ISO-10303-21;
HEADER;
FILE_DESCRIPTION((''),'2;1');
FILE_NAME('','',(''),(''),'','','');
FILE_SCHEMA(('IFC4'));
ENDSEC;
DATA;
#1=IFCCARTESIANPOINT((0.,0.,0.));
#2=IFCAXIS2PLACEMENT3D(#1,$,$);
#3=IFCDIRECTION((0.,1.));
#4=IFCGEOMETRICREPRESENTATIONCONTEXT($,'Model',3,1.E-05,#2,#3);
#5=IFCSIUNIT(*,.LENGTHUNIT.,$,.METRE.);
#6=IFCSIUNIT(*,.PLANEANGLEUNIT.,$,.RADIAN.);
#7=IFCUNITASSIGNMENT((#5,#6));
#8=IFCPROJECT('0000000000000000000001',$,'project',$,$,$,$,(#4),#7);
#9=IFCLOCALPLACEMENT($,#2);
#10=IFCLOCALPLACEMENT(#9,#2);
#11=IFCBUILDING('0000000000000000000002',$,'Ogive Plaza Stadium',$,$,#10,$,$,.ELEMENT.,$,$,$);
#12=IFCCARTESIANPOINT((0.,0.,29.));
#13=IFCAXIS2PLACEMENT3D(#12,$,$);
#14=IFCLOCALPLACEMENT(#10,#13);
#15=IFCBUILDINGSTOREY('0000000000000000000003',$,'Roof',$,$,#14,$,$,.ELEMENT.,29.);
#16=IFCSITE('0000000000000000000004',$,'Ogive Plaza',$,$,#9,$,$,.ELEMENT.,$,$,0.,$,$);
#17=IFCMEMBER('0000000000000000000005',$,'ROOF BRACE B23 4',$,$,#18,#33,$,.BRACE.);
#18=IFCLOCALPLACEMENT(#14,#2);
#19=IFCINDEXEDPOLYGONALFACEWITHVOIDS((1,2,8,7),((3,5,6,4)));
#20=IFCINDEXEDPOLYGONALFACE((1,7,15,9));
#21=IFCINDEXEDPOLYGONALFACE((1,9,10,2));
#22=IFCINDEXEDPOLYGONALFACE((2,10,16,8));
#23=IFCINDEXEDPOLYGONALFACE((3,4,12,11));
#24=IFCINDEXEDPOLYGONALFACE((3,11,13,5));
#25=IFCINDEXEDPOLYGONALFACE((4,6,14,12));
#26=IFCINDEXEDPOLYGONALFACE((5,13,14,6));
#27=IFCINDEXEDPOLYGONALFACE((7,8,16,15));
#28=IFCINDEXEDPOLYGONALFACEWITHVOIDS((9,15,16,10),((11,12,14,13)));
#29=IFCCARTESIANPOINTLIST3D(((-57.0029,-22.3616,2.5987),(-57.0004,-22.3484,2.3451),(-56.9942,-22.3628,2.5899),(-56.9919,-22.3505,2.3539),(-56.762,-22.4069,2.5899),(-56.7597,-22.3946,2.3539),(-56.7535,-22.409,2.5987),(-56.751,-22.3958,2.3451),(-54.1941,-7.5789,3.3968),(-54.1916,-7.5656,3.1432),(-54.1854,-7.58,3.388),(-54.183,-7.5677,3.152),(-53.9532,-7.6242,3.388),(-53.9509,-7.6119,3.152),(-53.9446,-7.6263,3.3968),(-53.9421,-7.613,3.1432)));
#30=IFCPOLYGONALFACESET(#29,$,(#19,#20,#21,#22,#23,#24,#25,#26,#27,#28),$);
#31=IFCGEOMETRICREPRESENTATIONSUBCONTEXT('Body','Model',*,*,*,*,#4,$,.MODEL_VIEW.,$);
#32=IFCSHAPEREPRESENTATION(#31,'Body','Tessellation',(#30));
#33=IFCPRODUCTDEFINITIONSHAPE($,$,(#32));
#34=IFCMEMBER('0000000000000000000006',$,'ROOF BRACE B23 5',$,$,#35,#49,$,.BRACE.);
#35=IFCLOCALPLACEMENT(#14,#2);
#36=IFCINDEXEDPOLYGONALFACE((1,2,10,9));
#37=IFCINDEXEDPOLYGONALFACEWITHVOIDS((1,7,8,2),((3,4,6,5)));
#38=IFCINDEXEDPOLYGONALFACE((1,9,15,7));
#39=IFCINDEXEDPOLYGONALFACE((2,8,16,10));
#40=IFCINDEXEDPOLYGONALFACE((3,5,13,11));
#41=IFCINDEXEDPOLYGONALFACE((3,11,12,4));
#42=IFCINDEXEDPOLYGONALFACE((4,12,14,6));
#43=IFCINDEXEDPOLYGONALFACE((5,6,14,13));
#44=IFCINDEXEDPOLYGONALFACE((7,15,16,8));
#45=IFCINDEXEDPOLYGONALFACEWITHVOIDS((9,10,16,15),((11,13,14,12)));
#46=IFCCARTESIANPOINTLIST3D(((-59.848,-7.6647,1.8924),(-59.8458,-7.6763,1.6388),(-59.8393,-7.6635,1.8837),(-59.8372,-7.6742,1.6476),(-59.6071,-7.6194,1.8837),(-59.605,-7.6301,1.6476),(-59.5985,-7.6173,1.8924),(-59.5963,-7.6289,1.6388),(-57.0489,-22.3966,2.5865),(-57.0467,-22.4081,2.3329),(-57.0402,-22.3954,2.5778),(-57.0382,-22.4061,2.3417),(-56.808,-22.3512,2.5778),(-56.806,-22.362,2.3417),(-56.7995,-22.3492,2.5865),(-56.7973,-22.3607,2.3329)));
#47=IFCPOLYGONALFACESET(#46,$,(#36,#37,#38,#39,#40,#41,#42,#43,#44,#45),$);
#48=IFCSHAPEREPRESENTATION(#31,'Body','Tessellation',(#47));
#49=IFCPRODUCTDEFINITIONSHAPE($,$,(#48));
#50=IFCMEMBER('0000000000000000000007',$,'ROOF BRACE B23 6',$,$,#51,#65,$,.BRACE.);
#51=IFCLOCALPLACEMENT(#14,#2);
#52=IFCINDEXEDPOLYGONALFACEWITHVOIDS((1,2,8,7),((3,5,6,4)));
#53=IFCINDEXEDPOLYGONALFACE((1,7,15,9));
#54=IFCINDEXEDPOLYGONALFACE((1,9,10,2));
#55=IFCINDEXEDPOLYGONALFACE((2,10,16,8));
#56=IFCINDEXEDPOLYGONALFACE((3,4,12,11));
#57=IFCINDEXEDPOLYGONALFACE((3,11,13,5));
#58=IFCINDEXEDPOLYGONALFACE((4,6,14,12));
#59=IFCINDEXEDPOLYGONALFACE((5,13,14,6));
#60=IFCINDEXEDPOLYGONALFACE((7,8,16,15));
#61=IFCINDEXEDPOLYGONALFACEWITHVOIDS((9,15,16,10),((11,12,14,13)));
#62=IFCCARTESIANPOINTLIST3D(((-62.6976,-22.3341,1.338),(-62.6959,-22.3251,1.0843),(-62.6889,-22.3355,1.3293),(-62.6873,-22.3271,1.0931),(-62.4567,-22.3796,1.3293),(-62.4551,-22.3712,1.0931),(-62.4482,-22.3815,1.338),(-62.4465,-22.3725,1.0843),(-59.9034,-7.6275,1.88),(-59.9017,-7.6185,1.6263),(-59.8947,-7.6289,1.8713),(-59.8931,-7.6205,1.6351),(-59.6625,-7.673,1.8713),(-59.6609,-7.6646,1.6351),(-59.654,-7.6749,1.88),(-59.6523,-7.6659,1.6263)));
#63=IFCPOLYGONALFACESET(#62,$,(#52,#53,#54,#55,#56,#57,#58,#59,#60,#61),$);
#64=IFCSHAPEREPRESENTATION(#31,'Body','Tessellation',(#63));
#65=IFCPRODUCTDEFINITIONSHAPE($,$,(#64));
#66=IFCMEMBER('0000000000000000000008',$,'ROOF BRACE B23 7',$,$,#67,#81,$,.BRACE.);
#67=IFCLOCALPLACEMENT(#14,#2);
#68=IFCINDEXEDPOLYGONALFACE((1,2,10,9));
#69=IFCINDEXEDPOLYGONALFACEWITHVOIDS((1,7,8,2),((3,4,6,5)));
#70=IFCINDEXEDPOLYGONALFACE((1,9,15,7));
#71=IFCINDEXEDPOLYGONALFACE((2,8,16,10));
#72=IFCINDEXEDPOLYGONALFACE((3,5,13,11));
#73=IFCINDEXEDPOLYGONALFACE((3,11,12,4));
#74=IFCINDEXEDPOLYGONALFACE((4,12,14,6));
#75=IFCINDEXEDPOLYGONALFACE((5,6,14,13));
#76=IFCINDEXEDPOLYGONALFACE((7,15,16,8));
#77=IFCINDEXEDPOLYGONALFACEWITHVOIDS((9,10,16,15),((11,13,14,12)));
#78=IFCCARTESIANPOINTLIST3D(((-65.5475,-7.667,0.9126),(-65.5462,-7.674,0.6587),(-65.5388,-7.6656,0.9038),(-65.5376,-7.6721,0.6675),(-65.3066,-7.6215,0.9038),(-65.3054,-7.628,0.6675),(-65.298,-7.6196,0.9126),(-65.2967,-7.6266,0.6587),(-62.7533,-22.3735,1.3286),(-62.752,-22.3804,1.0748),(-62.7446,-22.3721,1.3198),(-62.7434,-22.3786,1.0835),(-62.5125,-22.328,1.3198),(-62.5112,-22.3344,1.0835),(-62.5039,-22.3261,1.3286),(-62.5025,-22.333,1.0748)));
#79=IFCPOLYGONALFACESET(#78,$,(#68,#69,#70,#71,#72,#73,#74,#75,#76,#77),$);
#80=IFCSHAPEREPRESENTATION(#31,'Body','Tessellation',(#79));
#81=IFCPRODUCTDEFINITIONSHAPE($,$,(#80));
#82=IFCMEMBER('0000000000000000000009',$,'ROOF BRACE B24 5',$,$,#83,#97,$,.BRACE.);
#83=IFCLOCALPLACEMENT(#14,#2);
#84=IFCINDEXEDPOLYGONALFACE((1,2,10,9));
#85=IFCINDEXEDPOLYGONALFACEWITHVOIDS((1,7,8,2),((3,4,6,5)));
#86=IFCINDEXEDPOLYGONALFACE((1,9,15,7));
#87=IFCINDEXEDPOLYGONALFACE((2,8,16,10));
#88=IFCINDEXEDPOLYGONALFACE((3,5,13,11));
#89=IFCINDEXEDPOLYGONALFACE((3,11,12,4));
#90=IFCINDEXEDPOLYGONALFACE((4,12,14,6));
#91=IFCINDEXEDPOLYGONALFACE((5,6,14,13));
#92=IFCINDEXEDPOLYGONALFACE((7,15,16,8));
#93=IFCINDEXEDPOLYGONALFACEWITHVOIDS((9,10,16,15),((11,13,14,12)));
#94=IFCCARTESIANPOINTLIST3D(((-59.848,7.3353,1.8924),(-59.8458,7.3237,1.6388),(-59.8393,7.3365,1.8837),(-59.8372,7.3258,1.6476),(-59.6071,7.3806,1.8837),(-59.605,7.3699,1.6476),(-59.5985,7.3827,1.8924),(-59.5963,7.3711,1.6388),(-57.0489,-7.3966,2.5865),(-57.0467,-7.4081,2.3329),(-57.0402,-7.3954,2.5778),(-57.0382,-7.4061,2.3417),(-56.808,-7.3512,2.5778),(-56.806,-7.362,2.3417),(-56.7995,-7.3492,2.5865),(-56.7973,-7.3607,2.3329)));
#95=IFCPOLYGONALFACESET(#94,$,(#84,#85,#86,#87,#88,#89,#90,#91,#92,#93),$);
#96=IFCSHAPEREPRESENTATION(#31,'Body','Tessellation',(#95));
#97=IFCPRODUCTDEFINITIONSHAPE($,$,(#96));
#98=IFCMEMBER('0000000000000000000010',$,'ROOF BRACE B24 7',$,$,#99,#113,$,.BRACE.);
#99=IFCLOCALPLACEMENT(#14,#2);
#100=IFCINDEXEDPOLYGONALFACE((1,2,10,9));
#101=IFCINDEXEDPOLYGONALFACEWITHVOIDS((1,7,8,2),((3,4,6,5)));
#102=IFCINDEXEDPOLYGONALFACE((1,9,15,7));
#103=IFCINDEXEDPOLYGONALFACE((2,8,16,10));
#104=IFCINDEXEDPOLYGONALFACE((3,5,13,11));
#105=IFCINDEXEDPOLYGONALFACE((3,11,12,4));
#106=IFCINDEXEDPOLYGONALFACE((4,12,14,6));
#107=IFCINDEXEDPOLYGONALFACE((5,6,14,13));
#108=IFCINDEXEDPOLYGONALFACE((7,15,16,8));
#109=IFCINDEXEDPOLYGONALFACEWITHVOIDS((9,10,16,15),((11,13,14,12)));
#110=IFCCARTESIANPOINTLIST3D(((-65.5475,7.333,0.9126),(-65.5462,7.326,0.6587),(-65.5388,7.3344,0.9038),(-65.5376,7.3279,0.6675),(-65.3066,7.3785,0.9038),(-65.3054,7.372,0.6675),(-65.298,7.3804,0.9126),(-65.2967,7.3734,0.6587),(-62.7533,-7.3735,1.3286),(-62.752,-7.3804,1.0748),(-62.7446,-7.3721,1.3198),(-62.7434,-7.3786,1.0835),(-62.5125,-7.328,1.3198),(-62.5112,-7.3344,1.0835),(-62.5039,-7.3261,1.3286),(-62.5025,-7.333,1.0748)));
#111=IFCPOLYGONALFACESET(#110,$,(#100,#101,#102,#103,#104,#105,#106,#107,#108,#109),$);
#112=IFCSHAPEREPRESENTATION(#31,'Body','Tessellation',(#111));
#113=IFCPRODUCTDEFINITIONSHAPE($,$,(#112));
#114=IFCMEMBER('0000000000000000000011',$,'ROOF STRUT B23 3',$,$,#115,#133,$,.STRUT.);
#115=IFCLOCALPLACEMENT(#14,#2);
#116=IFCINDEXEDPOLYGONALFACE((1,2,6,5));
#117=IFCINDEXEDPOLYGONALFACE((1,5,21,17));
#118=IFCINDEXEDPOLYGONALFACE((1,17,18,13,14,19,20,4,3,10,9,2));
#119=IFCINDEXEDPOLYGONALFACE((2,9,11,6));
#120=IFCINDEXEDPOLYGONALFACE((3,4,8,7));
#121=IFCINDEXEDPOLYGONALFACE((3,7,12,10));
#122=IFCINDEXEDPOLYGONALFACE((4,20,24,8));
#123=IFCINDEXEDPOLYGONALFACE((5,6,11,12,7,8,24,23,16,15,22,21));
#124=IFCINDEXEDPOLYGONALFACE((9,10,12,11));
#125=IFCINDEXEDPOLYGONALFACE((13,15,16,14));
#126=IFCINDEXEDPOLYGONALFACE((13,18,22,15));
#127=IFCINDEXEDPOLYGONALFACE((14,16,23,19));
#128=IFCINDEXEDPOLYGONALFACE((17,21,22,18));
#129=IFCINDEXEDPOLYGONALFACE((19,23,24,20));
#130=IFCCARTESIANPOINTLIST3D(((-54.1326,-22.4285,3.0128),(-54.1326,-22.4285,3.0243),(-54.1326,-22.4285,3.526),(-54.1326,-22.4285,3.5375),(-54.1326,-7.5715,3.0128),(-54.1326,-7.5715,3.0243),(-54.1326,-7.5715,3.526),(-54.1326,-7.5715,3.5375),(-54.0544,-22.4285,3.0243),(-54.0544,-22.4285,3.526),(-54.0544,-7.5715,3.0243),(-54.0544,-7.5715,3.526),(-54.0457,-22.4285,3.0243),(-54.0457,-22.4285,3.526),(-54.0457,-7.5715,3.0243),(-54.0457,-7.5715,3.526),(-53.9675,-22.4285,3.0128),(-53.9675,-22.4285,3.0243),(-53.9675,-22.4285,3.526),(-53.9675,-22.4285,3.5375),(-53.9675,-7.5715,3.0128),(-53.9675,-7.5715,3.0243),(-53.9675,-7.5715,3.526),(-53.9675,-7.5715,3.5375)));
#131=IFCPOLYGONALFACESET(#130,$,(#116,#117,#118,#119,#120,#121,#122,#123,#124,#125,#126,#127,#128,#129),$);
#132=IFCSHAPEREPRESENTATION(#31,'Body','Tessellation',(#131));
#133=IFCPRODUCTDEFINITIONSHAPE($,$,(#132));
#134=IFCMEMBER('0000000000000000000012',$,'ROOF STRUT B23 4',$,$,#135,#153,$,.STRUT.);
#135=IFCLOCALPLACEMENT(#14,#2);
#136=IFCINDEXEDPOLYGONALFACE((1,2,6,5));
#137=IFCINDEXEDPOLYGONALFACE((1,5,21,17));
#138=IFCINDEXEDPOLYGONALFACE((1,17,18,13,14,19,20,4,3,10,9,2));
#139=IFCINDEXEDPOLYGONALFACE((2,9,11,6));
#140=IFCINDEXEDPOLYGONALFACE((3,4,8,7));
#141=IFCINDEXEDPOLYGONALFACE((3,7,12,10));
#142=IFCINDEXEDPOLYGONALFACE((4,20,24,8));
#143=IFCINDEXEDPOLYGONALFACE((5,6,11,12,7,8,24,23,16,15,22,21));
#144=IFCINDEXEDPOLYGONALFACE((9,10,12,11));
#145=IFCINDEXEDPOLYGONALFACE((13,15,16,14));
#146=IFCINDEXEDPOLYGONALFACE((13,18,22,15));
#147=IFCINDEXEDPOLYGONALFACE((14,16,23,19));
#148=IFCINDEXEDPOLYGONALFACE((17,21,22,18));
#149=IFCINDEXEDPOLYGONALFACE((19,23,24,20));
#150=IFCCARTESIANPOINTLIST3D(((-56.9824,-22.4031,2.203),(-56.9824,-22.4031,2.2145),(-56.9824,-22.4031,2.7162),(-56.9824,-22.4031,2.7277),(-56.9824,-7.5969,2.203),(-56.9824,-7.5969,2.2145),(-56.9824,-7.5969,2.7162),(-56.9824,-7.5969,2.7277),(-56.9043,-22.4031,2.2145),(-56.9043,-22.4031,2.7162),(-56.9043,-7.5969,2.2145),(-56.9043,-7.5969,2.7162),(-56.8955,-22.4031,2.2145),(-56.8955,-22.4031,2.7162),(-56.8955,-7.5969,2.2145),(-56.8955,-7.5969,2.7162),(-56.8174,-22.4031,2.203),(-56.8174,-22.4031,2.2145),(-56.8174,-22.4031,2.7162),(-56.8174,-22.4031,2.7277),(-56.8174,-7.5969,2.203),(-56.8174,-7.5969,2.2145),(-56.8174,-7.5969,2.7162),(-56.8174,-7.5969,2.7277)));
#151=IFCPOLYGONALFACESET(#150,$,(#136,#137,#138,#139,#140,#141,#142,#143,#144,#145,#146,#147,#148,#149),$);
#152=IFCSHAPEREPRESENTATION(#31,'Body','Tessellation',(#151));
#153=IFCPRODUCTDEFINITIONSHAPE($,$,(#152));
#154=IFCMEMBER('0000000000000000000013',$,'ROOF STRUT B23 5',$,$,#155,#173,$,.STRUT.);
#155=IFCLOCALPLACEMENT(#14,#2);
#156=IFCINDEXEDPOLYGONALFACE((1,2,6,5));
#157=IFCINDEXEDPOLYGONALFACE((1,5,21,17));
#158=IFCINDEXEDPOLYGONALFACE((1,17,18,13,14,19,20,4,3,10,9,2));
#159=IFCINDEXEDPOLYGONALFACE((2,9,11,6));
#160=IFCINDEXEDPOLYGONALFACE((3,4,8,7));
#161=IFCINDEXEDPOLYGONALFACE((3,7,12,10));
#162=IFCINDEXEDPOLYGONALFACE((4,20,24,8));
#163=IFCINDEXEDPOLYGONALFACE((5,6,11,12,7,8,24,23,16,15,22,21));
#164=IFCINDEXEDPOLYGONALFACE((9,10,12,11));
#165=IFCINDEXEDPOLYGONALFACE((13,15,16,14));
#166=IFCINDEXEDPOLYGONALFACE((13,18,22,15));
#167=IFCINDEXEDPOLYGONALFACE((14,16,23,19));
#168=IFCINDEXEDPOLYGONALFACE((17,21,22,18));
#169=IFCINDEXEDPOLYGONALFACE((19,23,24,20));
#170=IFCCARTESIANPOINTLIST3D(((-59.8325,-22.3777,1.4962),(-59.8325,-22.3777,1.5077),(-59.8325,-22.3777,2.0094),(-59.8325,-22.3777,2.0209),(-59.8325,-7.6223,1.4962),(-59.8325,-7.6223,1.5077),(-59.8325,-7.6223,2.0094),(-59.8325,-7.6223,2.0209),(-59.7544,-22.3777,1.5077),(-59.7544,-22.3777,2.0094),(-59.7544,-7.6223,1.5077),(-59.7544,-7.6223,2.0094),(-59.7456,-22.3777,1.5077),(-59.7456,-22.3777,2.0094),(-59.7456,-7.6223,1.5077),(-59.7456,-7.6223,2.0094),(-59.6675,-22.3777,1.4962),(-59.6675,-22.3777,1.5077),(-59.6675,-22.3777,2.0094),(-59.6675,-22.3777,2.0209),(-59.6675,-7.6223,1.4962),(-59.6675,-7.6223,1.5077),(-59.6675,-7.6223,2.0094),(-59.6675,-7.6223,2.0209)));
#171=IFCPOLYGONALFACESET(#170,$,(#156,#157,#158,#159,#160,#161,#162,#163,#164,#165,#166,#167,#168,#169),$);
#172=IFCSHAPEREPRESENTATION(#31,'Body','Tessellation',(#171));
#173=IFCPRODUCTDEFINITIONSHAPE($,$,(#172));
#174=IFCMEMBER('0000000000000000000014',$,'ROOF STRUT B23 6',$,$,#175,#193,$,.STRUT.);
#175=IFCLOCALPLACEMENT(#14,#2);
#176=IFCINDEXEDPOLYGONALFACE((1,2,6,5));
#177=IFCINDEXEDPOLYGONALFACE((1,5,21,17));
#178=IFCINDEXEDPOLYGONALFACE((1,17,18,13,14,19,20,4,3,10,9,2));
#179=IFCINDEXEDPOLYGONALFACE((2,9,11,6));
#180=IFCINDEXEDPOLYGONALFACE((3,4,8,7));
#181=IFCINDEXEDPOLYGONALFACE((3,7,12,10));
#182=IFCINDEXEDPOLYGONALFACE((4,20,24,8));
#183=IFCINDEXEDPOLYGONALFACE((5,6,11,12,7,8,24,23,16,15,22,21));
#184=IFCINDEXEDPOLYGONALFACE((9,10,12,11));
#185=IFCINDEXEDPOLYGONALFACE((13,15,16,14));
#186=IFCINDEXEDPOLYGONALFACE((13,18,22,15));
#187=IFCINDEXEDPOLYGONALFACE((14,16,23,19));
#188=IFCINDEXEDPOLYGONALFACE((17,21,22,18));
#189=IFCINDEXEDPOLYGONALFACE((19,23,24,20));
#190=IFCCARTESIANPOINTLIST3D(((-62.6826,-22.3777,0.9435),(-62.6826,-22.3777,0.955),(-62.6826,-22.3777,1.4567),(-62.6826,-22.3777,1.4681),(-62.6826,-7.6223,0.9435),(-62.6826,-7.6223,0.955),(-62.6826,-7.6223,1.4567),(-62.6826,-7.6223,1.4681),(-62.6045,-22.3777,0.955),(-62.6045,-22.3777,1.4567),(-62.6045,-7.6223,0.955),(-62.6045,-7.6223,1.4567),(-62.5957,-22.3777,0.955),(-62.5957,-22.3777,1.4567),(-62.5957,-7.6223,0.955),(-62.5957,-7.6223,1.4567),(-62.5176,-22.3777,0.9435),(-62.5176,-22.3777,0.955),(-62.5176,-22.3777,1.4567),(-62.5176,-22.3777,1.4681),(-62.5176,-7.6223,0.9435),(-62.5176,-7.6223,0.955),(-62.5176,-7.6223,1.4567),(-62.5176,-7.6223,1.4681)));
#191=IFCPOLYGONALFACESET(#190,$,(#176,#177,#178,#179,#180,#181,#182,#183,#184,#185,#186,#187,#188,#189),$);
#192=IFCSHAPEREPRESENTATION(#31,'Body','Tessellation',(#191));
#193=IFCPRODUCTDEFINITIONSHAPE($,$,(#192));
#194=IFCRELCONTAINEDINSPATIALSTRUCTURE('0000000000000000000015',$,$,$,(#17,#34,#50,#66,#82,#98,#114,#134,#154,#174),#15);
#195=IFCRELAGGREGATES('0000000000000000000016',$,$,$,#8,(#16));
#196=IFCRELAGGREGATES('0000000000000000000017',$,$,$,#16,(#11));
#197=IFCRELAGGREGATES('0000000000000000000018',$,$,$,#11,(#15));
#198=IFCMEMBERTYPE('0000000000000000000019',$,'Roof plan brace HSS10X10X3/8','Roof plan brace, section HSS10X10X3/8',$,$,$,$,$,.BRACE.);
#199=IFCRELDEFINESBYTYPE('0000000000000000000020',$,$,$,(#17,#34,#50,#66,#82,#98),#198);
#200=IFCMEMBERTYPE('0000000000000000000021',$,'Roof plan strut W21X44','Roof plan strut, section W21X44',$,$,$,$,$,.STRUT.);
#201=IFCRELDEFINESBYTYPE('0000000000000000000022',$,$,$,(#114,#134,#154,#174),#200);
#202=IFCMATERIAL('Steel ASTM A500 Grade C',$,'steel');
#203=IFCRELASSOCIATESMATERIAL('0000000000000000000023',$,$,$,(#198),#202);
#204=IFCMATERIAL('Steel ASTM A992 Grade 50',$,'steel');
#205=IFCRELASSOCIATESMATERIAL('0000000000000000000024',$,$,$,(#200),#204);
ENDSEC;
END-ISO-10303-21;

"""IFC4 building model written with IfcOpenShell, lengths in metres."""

from ifc_helpers import new_model, si_unit, direction, frame, origin, origin_2d, place, context, subcontext, project, spatial, hollow_rectangle, i_section, extrude, material, material_profile, profile_set, type_object, element, save


model = new_model("IFC4")

# Units and contexts
model_context = context("Model", 3, precision=1e-05, world=origin(), true_north=direction((0.0, 1.0)))
body_context = subcontext(model_context, "Body", "Model", "MODEL_VIEW")
ifc_project = project(units=[si_unit("LENGTHUNIT", "METRE"), si_unit("PLANEANGLEUNIT", "RADIAN")], contexts=[model_context])

# Site, building, storey
site_placement = place(None, origin())
site = spatial("IfcSite", under=ifc_project, at=site_placement, Name="Ogive Plaza", CompositionType="ELEMENT", RefElevation=0.0)
building_placement = place(site_placement, origin())
building = spatial("IfcBuilding", under=site, at=building_placement, Name="Ogive Plaza Stadium", CompositionType="ELEMENT")
storey_placement = place(building_placement, frame((0.0, 0.0, 29.0)))
storey = spatial("IfcBuildingStorey", under=building, at=storey_placement, Name="Roof", CompositionType="ELEMENT", Elevation=29.0)

# Members
ifc_material_1 = material(Name="Steel ASTM A500 Grade C", Category="steel")
ifc_material_profile_1 = material_profile(ifc_material_1, hollow_rectangle(XDim=0.2539, YDim=0.2539, WallThickness=0.0088, at=origin_2d()), Name="HSS10X10X3/8")
ifc_profile_set_1 = profile_set([ifc_material_profile_1], Name="Steel ASTM A500 Grade C")
member_type_1 = type_object("IfcMemberType", Name="Roof plan brace HSS10X10X3/8", Description="Roof plan brace, section HSS10X10X3/8", PredefinedType="BRACE", material=ifc_profile_set_1)
member_1_placement = place(storey_placement, frame((-54.0681, -7.5959, 3.27), z_axis=(-0.186406, -0.981044, -0.052965), x_axis=(0.982423, -0.186668, 0.0)))
element("IfcMember", 1, at=member_1_placement, inside=storey, type_object=member_type_1, Name="ROOF BRACE B23 4", PredefinedType="BRACE", context=body_context, shape_type="SweptSolid", body=[
    extrude(hollow_rectangle(XDim=0.2539, YDim=0.2539, WallThickness=0.0088, at=origin_2d()), origin(), (0.0, 0.0, 1.0), 15.0684),
])
member_2_placement = place(storey_placement, frame((-56.9231, -22.3787, 2.4597), z_axis=(-0.186461, 0.981374, -0.046237), x_axis=(-0.982424, -0.186661, 0.0)))
element("IfcMember", 2, at=member_2_placement, inside=storey, type_object=member_type_1, Name="ROOF BRACE B23 5", PredefinedType="BRACE", context=body_context, shape_type="SweptSolid", body=[
    extrude(hollow_rectangle(XDim=0.2539, YDim=0.2539, WallThickness=0.0088, at=origin_2d()), origin(), (0.0, 0.0, 1.0), 15.0115),
])
member_3_placement = place(storey_placement, frame((-59.7778, -7.6467, 1.7532), z_axis=(-0.186535, -0.981782, -0.036182), x_axis=(0.982425, -0.186657, 0.0)))
element("IfcMember", 3, at=member_3_placement, inside=storey, type_object=member_type_1, Name="ROOF BRACE B23 6", PredefinedType="BRACE", context=body_context, shape_type="SweptSolid", body=[
    extrude(hollow_rectangle(XDim=0.2539, YDim=0.2539, WallThickness=0.0088, at=origin_2d()), origin(), (0.0, 0.0, 1.0), 14.9795),
])
member_4_placement = place(storey_placement, frame((-62.6279, -22.3533, 1.2017), z_axis=(-0.186585, 0.982046, -0.02778), x_axis=(-0.982425, -0.186657, 0.0)))
element("IfcMember", 4, at=member_4_placement, inside=storey, type_object=member_type_1, Name="ROOF BRACE B23 7", PredefinedType="BRACE", context=body_context, shape_type="SweptSolid", body=[
    extrude(hollow_rectangle(XDim=0.2539, YDim=0.2539, WallThickness=0.0088, at=origin_2d()), origin(), (0.0, 0.0, 1.0), 14.9753),
])
member_5_placement = place(storey_placement, frame((-56.9231, -7.3787, 2.4597), z_axis=(-0.186461, 0.981374, -0.046237), x_axis=(-0.982424, -0.186661, 0.0)))
element("IfcMember", 5, at=member_5_placement, inside=storey, type_object=member_type_1, Name="ROOF BRACE B24 5", PredefinedType="BRACE", context=body_context, shape_type="SweptSolid", body=[
    extrude(hollow_rectangle(XDim=0.2539, YDim=0.2539, WallThickness=0.0088, at=origin_2d()), origin(), (0.0, 0.0, 1.0), 15.0115),
])
member_6_placement = place(storey_placement, frame((-62.6279, -7.3533, 1.2017), z_axis=(-0.186585, 0.982046, -0.02778), x_axis=(-0.982425, -0.186657, 0.0)))
element("IfcMember", 6, at=member_6_placement, inside=storey, type_object=member_type_1, Name="ROOF BRACE B24 7", PredefinedType="BRACE", context=body_context, shape_type="SweptSolid", body=[
    extrude(hollow_rectangle(XDim=0.2539, YDim=0.2539, WallThickness=0.0088, at=origin_2d()), origin(), (0.0, 0.0, 1.0), 14.9753),
])
ifc_material_2 = material(Name="Steel ASTM A992 Grade 50", Category="steel")
ifc_material_profile_2 = material_profile(ifc_material_2, i_section(OverallWidth=0.165, OverallDepth=0.5247, WebThickness=0.0088, FlangeThickness=0.0115, at=origin_2d()), Name="W21X44")
ifc_profile_set_2 = profile_set([ifc_material_profile_2], Name="Steel ASTM A992 Grade 50")
member_type_2 = type_object("IfcMemberType", Name="Roof plan strut W21X44", Description="Roof plan strut, section W21X44", PredefinedType="STRUT", material=ifc_profile_set_2)
member_7_placement = place(storey_placement, frame((-54.05, -22.4285, 3.2751), z_axis=(0.0, 1.0, 0.0), x_axis=(-1.0, 0.0, 0.0)))
element("IfcMember", 7, at=member_7_placement, inside=storey, type_object=member_type_2, Name="ROOF STRUT B23 3", PredefinedType="STRUT", context=body_context, shape_type="SweptSolid", body=[
    extrude(i_section(OverallWidth=0.165, OverallDepth=0.5247, WebThickness=0.0088, FlangeThickness=0.0115, at=origin_2d()), origin(), (0.0, 0.0, 1.0), 14.8569),
])
member_8_placement = place(storey_placement, frame((-56.8999, -22.4031, 2.4653), z_axis=(0.0, 1.0, 0.0), x_axis=(-1.0, 0.0, 0.0)))
element("IfcMember", 8, at=member_8_placement, inside=storey, type_object=member_type_2, Name="ROOF STRUT B23 4", PredefinedType="STRUT", context=body_context, shape_type="SweptSolid", body=[
    extrude(i_section(OverallWidth=0.165, OverallDepth=0.5247, WebThickness=0.0088, FlangeThickness=0.0115, at=origin_2d()), origin(), (0.0, 0.0, 1.0), 14.8062),
])
for number, where, z_axis, x_axis, name in (
    (9, (-59.75, -22.3777, 1.7585), (0.0, 1.0, 0.0), (-1.0, 0.0, 0.0), "ROOF STRUT B23 5"),
    (10, (-62.6001, -22.3777, 1.2058), (0.0, 1.0, 0.0), (-1.0, 0.0, 0.0), "ROOF STRUT B23 6"),
):
    element("IfcMember", number, at=place(storey_placement, frame(where, z_axis=z_axis, x_axis=x_axis)), inside=storey, type_object=member_type_2, Name=name, PredefinedType="STRUT", context=body_context, shape_type="SweptSolid", body=[
        extrude(i_section(OverallWidth=0.165, OverallDepth=0.5247, WebThickness=0.0088, FlangeThickness=0.0115, at=origin_2d()), origin(), (0.0, 0.0, 1.0), 14.7554),
    ])

save(model, "model.ifc")
